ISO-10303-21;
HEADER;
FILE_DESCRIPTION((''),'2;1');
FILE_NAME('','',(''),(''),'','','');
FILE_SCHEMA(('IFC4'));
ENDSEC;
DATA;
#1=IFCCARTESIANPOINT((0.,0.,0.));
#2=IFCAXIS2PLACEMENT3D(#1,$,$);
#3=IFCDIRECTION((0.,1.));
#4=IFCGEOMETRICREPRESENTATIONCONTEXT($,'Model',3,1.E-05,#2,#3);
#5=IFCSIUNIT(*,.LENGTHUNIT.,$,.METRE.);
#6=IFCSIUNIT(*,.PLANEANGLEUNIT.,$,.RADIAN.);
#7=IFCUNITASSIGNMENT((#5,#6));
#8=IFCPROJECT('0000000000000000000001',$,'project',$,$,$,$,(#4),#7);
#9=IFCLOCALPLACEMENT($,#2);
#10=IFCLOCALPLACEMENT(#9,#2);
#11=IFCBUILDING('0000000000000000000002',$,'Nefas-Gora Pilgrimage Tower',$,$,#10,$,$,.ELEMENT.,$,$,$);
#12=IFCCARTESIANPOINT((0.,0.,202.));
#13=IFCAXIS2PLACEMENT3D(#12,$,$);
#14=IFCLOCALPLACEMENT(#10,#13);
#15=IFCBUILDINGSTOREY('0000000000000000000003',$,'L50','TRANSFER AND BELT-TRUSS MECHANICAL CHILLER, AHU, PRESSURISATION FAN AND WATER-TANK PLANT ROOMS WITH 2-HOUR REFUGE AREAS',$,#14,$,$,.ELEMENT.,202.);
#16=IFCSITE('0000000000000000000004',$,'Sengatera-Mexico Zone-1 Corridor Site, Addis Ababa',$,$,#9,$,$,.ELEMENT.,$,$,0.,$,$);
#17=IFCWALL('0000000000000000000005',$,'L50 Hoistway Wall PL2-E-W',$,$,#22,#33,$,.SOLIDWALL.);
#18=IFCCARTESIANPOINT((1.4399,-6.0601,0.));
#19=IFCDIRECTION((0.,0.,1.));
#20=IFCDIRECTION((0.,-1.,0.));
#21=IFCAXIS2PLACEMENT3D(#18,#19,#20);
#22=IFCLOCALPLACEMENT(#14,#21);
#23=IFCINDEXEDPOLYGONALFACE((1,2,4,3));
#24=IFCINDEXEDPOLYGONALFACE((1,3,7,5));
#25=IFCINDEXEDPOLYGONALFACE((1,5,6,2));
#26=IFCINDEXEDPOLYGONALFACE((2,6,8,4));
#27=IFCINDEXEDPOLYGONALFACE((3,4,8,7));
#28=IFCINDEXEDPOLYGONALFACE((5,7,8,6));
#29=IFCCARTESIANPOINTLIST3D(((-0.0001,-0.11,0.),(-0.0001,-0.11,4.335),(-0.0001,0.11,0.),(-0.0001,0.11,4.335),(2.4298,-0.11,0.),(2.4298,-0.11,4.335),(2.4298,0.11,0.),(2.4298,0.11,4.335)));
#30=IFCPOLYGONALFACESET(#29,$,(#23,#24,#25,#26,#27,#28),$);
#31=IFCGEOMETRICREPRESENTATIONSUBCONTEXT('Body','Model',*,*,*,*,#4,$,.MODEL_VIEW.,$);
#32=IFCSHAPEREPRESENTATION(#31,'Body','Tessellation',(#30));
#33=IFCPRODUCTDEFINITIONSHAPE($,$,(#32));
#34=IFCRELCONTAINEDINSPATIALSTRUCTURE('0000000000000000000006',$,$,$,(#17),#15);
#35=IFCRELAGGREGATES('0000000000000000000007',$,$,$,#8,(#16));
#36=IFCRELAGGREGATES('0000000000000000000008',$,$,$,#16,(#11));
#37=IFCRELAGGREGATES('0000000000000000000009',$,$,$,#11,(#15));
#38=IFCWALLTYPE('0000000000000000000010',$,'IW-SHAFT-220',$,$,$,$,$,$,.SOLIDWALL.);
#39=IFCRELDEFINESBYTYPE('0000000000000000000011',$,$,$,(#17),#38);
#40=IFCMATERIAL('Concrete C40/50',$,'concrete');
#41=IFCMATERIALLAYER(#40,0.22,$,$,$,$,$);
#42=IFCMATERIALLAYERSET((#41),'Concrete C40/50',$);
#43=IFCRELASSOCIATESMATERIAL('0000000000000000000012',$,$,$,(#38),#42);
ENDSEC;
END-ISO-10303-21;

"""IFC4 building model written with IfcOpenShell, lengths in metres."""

from ifc_helpers import new_model, si_unit, direction, frame, frame_2d, origin, place, context, subcontext, project, spatial, rectangle, extrude, source, transform, mapped, material, layer, layer_set, type_object, element, save


model = new_model("IFC4")

# Units and contexts
model_context = context("Model", 3, precision=1e-05, world=origin(), true_north=direction((0.0, 1.0)))
body_context = subcontext(model_context, "Body", "Model", "MODEL_VIEW")
ifc_project = project(units=[si_unit("LENGTHUNIT", "METRE"), si_unit("PLANEANGLEUNIT", "RADIAN")], contexts=[model_context])

# Site, building, storey
site_placement = place(None, origin())
site = spatial("IfcSite", under=ifc_project, at=site_placement, Name="Sengatera-Mexico Zone-1 Corridor Site, Addis Ababa", CompositionType="ELEMENT", RefElevation=0.0)
building_placement = place(site_placement, origin())
building = spatial("IfcBuilding", under=site, at=building_placement, Name="Nefas-Gora Pilgrimage Tower", CompositionType="ELEMENT")
storey_placement = place(building_placement, frame((0.0, 0.0, 202.0)))
storey = spatial("IfcBuildingStorey", under=building, at=storey_placement, Name="L50", Description="TRANSFER AND BELT-TRUSS MECHANICAL CHILLER, AHU, PRESSURISATION FAN AND WATER-TANK PLANT ROOMS WITH 2-HOUR REFUGE AREAS", CompositionType="ELEMENT", Elevation=202.0)

# Shared definitions
ifc_material_1 = material(Name="Concrete C40/50", Category="concrete")
ifc_layer_1 = layer(ifc_material_1, 0.22)
ifc_layer_set_1 = layer_set([ifc_layer_1], Name="Concrete C40/50")
wall_type_1 = type_object("IfcWallType", Name="IW-SHAFT-220", PredefinedType="SOLIDWALL", material=ifc_layer_set_1)

# Wall
shared_shape_1 = source(origin(), body_context, "Body", "SweptSolid", [
    extrude(rectangle(XDim=2.4299, YDim=0.22, at=frame_2d((1.2148, 0.0))), origin(), (0.0, 0.0, 1.0), 4.335),
])
for number, where, z_axis, x_axis, name in (
    (1, (1.4399, -6.0601, 0.0), (0.0, 0.0, 1.0), (0.0, -1.0, 0.0), "L50 Hoistway Wall PL2-E-W"),
):
    element("IfcWall", number, at=place(storey_placement, frame(where, z_axis=z_axis, x_axis=x_axis)), inside=storey, type_object=wall_type_1, Name=name, PredefinedType="SOLIDWALL", context=body_context, shape_type="MappedRepresentation", body=[
        mapped(shared_shape_1, transform((0.0, 0.0, 0.0), x_axis=(1.0, 0.0, 0.0), y_axis=(0.0, 1.0, 0.0), z_axis=(0.0, 0.0, 1.0), scale=1.0)),
    ])

save(model, "model.ifc")
